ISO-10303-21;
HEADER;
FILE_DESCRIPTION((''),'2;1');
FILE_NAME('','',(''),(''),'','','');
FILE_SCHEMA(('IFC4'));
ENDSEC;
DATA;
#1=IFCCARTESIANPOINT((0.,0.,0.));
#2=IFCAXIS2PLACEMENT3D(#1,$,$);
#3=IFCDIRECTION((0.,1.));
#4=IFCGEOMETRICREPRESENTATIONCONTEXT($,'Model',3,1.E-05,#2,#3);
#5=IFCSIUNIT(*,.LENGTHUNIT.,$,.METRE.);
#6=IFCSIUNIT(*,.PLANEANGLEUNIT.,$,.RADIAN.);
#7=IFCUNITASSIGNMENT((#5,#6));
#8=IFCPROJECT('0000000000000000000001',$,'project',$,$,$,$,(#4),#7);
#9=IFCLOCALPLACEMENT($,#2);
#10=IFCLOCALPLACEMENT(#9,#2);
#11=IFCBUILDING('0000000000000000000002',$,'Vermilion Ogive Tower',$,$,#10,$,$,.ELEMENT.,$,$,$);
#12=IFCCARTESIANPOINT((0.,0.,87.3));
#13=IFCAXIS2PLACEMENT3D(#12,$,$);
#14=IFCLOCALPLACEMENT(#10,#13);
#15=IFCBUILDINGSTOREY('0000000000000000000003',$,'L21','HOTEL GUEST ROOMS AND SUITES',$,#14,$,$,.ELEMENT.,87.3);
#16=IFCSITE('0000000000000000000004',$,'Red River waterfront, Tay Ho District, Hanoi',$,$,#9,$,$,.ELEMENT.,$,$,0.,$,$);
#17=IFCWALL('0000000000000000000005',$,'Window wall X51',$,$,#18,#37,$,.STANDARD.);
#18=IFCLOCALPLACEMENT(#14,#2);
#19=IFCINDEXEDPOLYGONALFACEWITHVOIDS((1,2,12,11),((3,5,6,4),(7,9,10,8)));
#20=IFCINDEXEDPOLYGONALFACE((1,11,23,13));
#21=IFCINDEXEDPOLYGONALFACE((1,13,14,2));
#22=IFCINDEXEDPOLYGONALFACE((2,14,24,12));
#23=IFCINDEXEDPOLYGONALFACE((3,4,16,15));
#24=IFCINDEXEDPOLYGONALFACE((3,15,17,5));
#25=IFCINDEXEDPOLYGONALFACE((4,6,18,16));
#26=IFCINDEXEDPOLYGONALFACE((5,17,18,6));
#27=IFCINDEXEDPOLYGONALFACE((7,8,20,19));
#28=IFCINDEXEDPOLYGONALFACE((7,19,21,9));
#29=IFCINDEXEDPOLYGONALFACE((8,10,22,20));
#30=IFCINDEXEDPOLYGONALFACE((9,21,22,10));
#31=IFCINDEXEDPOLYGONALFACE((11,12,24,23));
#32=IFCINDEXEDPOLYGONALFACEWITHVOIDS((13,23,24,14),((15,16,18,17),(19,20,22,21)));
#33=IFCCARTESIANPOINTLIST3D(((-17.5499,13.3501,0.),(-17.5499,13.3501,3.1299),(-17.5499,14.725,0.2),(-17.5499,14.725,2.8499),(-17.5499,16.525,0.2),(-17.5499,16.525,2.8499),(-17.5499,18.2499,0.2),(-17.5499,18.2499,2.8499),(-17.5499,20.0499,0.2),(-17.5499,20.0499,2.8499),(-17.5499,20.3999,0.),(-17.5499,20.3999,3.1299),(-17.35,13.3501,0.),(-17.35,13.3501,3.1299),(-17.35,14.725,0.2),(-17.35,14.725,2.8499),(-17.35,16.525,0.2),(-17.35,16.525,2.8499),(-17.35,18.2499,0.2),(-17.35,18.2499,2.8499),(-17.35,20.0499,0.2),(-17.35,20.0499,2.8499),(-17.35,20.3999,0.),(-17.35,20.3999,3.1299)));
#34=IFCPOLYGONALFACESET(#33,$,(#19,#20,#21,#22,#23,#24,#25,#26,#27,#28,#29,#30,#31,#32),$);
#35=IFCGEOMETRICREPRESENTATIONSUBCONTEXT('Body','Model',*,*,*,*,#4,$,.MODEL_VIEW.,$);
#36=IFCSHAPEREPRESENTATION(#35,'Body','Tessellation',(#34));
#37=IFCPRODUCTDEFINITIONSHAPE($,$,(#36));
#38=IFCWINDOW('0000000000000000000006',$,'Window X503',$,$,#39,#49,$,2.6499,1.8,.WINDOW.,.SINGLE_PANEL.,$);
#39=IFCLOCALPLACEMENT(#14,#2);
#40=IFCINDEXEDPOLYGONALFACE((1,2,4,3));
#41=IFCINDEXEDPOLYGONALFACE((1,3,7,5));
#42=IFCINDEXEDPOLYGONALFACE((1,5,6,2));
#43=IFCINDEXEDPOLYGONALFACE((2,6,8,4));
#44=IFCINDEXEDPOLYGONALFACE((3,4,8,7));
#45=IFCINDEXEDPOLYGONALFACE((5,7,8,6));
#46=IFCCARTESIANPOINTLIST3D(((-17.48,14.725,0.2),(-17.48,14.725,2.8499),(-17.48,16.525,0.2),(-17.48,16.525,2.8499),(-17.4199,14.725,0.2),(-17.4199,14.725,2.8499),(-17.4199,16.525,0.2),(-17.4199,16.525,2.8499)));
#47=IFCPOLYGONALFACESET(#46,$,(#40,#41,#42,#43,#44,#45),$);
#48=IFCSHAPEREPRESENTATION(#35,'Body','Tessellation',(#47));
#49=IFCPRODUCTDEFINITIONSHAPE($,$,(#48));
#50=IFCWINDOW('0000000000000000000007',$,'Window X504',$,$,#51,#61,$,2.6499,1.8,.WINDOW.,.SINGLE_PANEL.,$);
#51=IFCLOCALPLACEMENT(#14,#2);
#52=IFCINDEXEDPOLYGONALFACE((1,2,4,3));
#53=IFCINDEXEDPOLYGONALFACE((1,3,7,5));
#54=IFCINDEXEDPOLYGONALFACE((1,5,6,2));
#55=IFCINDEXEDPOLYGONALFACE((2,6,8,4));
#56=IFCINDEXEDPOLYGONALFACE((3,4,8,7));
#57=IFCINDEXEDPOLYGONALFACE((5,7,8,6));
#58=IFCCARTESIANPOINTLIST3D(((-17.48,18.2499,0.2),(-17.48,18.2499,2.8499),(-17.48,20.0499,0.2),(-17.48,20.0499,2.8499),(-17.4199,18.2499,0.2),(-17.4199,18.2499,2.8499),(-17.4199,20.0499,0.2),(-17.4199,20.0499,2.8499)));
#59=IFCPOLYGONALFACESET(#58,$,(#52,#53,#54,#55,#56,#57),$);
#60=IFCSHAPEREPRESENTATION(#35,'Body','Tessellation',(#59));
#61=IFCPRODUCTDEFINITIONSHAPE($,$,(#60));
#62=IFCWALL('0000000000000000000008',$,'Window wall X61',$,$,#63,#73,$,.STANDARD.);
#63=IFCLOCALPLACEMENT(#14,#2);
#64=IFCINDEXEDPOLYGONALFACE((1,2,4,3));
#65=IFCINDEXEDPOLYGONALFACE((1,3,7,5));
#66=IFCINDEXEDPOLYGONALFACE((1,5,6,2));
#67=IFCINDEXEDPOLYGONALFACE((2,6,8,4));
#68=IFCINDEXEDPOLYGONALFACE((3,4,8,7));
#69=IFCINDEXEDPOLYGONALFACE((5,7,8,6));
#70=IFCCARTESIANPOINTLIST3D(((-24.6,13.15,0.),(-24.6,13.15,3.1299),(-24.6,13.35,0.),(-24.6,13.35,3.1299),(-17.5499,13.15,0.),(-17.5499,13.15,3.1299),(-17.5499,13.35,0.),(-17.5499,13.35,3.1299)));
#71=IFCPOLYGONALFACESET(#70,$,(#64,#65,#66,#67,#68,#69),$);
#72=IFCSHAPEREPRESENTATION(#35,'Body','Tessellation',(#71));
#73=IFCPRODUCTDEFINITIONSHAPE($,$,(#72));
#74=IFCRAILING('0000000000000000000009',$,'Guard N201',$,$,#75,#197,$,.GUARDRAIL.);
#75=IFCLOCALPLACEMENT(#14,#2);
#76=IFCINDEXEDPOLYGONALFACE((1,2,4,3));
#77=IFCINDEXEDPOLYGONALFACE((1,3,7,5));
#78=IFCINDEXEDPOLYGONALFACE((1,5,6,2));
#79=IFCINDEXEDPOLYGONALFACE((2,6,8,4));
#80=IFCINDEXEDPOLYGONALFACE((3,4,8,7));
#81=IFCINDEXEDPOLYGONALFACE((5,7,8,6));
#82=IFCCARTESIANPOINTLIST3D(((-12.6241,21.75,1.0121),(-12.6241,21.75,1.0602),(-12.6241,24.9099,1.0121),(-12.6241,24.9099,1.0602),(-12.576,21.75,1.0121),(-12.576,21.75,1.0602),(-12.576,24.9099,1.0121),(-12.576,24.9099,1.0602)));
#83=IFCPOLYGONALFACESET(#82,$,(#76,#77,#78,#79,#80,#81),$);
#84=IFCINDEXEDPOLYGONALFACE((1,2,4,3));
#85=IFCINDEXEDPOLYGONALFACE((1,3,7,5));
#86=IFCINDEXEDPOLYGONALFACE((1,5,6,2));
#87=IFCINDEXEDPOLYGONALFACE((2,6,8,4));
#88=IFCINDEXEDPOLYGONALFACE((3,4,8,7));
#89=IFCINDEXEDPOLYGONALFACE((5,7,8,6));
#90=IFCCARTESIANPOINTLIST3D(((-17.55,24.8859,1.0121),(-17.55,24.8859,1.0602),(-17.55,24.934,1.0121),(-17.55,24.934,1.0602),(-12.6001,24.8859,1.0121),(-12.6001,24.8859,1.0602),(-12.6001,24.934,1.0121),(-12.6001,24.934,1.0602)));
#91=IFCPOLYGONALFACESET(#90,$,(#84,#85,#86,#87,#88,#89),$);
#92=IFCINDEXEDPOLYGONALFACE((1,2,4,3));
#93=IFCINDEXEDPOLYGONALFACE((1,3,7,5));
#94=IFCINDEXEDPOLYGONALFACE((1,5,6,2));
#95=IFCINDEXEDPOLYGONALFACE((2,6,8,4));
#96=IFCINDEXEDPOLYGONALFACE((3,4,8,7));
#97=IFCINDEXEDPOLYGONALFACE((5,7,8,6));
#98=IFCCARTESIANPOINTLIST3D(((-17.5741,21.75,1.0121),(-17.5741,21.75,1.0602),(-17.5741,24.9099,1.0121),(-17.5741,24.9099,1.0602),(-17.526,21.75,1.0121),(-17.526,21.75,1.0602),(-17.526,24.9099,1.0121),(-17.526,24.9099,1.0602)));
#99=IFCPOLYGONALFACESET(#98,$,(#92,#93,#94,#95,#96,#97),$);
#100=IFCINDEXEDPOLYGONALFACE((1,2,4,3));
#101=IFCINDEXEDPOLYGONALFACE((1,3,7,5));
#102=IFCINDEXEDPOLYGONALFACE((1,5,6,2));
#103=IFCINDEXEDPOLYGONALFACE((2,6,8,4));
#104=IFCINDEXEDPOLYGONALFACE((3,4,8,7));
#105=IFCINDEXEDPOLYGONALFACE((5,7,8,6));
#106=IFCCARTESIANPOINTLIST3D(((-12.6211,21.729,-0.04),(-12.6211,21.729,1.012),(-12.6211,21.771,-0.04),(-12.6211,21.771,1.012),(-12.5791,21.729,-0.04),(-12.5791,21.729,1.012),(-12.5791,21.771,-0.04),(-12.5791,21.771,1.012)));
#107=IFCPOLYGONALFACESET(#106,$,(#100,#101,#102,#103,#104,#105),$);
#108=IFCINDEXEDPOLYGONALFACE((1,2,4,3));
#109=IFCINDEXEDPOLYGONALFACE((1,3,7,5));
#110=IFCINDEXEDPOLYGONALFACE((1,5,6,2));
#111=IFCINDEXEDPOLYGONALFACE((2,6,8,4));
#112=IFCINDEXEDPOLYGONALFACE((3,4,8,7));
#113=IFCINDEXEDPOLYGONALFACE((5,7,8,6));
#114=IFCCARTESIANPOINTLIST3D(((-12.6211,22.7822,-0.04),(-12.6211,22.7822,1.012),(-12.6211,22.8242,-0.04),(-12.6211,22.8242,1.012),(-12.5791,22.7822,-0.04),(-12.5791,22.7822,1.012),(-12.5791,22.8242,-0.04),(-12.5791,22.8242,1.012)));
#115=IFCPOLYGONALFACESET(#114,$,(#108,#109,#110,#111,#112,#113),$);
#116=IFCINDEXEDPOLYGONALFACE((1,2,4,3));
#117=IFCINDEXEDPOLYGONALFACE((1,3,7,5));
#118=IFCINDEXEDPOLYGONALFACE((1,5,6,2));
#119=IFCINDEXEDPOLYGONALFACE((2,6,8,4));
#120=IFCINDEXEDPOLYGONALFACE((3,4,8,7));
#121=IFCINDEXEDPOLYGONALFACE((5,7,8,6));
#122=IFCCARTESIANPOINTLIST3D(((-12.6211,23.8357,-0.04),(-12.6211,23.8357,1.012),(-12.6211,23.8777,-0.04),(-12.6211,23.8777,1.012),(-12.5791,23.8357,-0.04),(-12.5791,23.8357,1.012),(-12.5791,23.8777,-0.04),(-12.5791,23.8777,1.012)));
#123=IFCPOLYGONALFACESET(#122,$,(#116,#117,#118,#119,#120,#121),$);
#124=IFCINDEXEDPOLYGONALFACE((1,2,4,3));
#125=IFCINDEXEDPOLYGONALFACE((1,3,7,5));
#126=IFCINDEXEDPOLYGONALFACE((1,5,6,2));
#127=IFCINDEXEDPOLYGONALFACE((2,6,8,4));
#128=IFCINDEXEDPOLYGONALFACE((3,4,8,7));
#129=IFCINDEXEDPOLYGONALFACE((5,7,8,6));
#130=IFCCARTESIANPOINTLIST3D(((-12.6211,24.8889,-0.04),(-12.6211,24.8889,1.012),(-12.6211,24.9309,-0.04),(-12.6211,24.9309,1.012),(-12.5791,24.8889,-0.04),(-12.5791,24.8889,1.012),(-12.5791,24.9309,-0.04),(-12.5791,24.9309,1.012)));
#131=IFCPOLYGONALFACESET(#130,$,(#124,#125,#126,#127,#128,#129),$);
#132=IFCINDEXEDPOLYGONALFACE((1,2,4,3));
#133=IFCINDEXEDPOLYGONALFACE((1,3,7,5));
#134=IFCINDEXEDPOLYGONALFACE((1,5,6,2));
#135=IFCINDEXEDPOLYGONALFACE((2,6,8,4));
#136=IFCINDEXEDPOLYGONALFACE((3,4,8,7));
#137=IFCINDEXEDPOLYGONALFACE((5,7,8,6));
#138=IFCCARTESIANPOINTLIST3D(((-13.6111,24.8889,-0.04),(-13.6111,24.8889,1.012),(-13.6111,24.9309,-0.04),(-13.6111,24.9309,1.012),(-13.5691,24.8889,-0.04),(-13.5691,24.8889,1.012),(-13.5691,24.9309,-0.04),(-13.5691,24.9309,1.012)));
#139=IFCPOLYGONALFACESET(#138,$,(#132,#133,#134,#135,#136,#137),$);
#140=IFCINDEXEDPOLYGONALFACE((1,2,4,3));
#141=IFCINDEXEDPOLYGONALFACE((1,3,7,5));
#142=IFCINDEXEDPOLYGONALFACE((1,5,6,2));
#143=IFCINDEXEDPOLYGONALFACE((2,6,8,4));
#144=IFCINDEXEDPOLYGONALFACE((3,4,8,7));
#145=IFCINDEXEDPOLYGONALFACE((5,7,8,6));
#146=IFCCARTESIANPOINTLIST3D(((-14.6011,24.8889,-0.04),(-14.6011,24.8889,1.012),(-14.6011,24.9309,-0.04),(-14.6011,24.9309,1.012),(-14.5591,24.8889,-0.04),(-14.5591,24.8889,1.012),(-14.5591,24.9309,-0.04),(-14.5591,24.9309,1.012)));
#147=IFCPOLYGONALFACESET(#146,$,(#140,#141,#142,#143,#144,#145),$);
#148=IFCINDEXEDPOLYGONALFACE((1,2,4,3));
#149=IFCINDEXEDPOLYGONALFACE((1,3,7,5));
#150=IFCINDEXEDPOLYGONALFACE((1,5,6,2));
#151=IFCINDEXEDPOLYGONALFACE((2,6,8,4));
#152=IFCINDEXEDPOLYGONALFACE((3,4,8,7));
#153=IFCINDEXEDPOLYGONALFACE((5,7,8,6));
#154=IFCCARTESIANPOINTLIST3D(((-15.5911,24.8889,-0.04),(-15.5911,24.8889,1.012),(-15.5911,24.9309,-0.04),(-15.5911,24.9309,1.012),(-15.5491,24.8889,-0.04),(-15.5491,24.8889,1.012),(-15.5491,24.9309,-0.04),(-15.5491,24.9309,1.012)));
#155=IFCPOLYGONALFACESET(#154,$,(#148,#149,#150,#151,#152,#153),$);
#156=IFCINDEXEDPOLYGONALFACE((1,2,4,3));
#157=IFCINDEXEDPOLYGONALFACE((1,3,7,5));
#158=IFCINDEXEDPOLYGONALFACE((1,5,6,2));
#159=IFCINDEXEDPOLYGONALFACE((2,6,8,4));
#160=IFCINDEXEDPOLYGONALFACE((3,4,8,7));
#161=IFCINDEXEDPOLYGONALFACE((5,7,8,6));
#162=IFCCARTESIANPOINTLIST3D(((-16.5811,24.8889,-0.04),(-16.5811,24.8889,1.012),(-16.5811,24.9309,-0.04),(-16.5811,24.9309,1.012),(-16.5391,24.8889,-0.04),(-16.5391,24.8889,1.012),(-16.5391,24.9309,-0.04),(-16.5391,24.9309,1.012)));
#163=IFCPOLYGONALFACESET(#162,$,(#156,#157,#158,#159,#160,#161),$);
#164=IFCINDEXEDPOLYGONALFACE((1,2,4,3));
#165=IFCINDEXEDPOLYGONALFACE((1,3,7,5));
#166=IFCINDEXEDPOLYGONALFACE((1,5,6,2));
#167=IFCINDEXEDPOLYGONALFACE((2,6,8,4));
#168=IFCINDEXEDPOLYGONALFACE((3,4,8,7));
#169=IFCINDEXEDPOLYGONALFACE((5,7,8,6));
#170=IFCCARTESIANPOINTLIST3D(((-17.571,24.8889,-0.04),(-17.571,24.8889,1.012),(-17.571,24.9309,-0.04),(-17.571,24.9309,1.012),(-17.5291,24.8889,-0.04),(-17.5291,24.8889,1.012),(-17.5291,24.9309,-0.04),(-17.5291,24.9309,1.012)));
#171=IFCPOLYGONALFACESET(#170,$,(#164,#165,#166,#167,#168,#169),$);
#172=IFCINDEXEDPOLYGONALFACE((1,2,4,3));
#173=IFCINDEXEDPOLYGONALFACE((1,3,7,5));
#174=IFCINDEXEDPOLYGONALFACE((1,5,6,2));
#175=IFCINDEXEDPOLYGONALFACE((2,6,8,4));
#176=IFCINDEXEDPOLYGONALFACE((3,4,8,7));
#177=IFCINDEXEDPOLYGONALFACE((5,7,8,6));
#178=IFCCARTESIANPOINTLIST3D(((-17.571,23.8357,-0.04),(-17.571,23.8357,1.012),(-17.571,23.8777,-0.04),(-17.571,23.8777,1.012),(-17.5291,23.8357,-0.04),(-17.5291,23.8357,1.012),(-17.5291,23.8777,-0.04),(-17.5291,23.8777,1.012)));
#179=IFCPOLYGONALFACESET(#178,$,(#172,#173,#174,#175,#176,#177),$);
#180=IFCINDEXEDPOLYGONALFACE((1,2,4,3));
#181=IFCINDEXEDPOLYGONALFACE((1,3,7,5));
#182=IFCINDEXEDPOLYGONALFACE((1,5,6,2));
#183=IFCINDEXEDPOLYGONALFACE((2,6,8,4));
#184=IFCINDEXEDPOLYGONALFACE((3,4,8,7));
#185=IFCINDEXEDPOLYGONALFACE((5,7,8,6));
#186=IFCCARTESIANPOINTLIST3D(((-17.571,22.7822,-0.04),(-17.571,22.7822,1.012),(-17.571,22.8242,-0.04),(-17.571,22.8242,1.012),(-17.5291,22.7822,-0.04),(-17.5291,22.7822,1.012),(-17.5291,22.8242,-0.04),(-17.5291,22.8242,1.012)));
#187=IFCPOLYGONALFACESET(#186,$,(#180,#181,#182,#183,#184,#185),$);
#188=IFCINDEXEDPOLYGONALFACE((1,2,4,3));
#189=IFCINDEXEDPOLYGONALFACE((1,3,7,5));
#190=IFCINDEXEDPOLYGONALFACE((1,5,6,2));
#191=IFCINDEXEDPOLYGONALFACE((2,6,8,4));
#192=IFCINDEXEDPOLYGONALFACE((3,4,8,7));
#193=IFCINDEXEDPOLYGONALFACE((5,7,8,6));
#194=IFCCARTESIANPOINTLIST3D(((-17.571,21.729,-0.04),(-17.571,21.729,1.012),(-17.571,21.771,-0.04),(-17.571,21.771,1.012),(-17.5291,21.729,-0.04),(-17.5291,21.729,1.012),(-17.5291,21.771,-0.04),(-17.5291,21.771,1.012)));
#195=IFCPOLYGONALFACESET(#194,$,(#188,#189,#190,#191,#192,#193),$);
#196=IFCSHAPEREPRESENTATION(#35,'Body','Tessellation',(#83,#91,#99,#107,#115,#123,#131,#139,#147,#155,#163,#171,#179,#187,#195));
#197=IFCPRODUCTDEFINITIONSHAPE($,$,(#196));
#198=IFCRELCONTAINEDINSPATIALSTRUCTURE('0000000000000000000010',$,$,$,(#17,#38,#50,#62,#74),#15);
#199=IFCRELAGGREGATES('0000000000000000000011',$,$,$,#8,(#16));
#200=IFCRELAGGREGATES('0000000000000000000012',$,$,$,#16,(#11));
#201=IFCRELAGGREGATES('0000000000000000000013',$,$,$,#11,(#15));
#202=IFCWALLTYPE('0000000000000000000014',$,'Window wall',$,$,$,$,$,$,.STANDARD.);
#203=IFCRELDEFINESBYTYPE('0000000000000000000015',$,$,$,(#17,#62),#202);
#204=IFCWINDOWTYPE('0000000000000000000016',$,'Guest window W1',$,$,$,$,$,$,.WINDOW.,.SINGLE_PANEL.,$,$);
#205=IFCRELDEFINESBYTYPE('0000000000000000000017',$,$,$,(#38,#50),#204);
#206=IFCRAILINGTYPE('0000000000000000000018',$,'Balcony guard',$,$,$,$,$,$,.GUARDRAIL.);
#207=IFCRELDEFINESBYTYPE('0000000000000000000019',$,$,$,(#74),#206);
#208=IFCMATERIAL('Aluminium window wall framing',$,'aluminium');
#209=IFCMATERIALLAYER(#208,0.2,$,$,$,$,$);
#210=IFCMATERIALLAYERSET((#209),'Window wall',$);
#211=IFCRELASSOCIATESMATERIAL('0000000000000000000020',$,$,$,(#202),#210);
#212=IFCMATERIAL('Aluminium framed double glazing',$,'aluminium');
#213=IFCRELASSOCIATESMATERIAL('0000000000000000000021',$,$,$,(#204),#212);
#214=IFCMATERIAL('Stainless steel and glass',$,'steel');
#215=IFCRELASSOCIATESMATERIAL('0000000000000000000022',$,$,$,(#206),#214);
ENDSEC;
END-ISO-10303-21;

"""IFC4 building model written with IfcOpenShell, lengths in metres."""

from ifc_helpers import new_model, si_unit, direction, frame, frame_2d, origin, origin_2d, place, context, subcontext, project, spatial, rectangle, extrude, material, layer, layer_set, type_object, element, fill, save


model = new_model("IFC4")

# Units and contexts
model_context = context("Model", 3, precision=1e-05, world=origin(), true_north=direction((0.0, 1.0)))
body_context = subcontext(model_context, "Body", "Model", "MODEL_VIEW")
ifc_project = project(units=[si_unit("LENGTHUNIT", "METRE"), si_unit("PLANEANGLEUNIT", "RADIAN")], contexts=[model_context])

# Site, building, storey
site_placement = place(None, origin())
site = spatial("IfcSite", under=ifc_project, at=site_placement, Name="Red River waterfront, Tay Ho District, Hanoi", CompositionType="ELEMENT", RefElevation=0.0)
building_placement = place(site_placement, origin())
building = spatial("IfcBuilding", under=site, at=building_placement, Name="Vermilion Ogive Tower", CompositionType="ELEMENT")
storey_placement = place(building_placement, frame((0.0, 0.0, 87.3)))
storey = spatial("IfcBuildingStorey", under=building, at=storey_placement, Name="L21", Description="HOTEL GUEST ROOMS AND SUITES", CompositionType="ELEMENT", Elevation=87.3)

# Shared definitions
ifc_material_1 = material(Name="Aluminium window wall framing", Category="aluminium")
ifc_layer_1 = layer(ifc_material_1, 0.2)
ifc_layer_set_1 = layer_set([ifc_layer_1], Name="Window wall")
wall_type_1 = type_object("IfcWallType", Name="Window wall", PredefinedType="STANDARD", material=ifc_layer_set_1)
ifc_material_2 = material(Name="Aluminium framed double glazing", Category="aluminium")
window_type = type_object("IfcWindowType", Name="Guest window W1", PartitioningType="SINGLE_PANEL", PredefinedType="WINDOW", material=ifc_material_2)

# Wall, openings, windows
wall_1_placement = place(storey_placement, frame((-17.45, 20.3999, 0.0), z_axis=(0.0, 0.0, 1.0), x_axis=(0.0, -1.0, 0.0)))
wall_1 = element("IfcWall", 1, at=wall_1_placement, inside=storey, type_object=wall_type_1, Name="Window wall X51", PredefinedType="STANDARD", context=body_context, shape_type="SweptSolid", body=[
    extrude(rectangle(XDim=7.0498, YDim=0.2, at=frame_2d((3.5249, 0.0))), origin(), (0.0, 0.0, 1.0), 3.1299),
])
opening_1_placement = place(wall_1_placement, frame((3.875, 0.0, 0.2)))
opening_1 = element("IfcOpeningElement", 2, at=opening_1_placement, cuts=wall_1, PredefinedType="OPENING", context=body_context, shape_type="SweptSolid", body=[
    extrude(rectangle(XDim=1.8, YDim=2.6499, at=frame_2d((0.8999, 1.325))), frame((0.0, 0.1099, 0.0), z_axis=(0.0, -1.0, 0.0), x_axis=(1.0, 0.0, 0.0)), (0.0, 0.0, 1.0), 0.22),
])
opening_2_placement = place(wall_1_placement, frame((0.3501, 0.0, 0.2)))
opening_2 = element("IfcOpeningElement", 3, at=opening_2_placement, cuts=wall_1, PredefinedType="OPENING", context=body_context, shape_type="SweptSolid", body=[
    extrude(rectangle(XDim=1.8, YDim=2.6499, at=frame_2d((0.8999, 1.325))), frame((0.0, 0.1099, 0.0), z_axis=(0.0, -1.0, 0.0), x_axis=(1.0, 0.0, 0.0)), (0.0, 0.0, 1.0), 0.22),
])
window_1_placement = place(opening_1_placement, origin())
window_1 = element("IfcWindow", 4, at=window_1_placement, inside=storey, type_object=window_type, Name="Window X503", OverallHeight=2.6499, OverallWidth=1.8, PartitioningType="SINGLE_PANEL", PredefinedType="WINDOW", context=body_context, shape_type="SweptSolid", body=[
    extrude(rectangle(XDim=1.8, YDim=2.6499, at=frame_2d((0.8999, 1.325))), frame((0.0, 0.03, 0.0), z_axis=(0.0, -1.0, 0.0), x_axis=(1.0, 0.0, 0.0)), (0.0, 0.0, 1.0), 0.0601),
])
fill(opening_1, window_1)
window_2_placement = place(opening_2_placement, origin())
window_2 = element("IfcWindow", 5, at=window_2_placement, inside=storey, type_object=window_type, Name="Window X504", OverallHeight=2.6499, OverallWidth=1.8, PartitioningType="SINGLE_PANEL", PredefinedType="WINDOW", context=body_context, shape_type="SweptSolid", body=[
    extrude(rectangle(XDim=1.8, YDim=2.6499, at=frame_2d((0.8999, 1.325))), frame((0.0, 0.03, 0.0), z_axis=(0.0, -1.0, 0.0), x_axis=(1.0, 0.0, 0.0)), (0.0, 0.0, 1.0), 0.0601),
])
fill(opening_2, window_2)

# Wall
wall_2_placement = place(storey_placement, frame((-17.55, 13.25, 0.0), z_axis=(0.0, 0.0, 1.0), x_axis=(-1.0, 0.0, 0.0)))
element("IfcWall", 6, at=wall_2_placement, inside=storey, type_object=wall_type_1, Name="Window wall X61", PredefinedType="STANDARD", context=body_context, shape_type="SweptSolid", body=[
    extrude(rectangle(XDim=7.05, YDim=0.2, at=frame_2d((3.5249, 0.0))), origin(), (0.0, 0.0, 1.0), 3.1299),
])

# Railing
ifc_material_3 = material(Name="Stainless steel and glass", Category="steel")
railing_type = type_object("IfcRailingType", Name="Balcony guard", PredefinedType="GUARDRAIL", material=ifc_material_3)
railing_1_placement = place(storey_placement, frame((-12.6001, 21.75, -0.04)))
element("IfcRailing", 7, at=railing_1_placement, inside=storey, type_object=railing_type, Name="Guard N201", PredefinedType="GUARDRAIL", context=body_context, shape_type="SweptSolid", body=[
    extrude(rectangle(XDim=0.0481, YDim=0.0481, at=origin_2d()), frame((0.0, 0.0, 1.0762), z_axis=(0.0, 1.0, 0.0), x_axis=(-1.0, 0.0, 0.0)), (0.0, 0.0, 1.0), 3.1599),
    extrude(rectangle(XDim=0.0481, YDim=0.0481, at=origin_2d()), frame((0.0, 3.1599, 1.0762), z_axis=(-1.0, 0.0, 0.0), x_axis=(0.0, -1.0, 0.0)), (0.0, 0.0, 1.0), 4.95),
    extrude(rectangle(XDim=0.0481, YDim=0.0481, at=origin_2d()), frame((-4.95, 3.1599, 1.0762), z_axis=(0.0, -1.0, 0.0), x_axis=(1.0, 0.0, 0.0)), (0.0, 0.0, 1.0), 3.1599),
    extrude(rectangle(XDim=0.042, YDim=0.042, at=origin_2d()), origin(), (0.0, 0.0, 1.0), 1.052),
    extrude(rectangle(XDim=0.042, YDim=0.042, at=origin_2d()), frame((0.0, 1.0532, 0.0)), (0.0, 0.0, 1.0), 1.052),
    extrude(rectangle(XDim=0.042, YDim=0.042, at=origin_2d()), frame((0.0, 2.1067, 0.0)), (0.0, 0.0, 1.0), 1.052),
    extrude(rectangle(XDim=0.042, YDim=0.042, at=origin_2d()), frame((0.0, 3.1599, 0.0)), (0.0, 0.0, 1.0), 1.052),
    extrude(rectangle(XDim=0.042, YDim=0.042, at=origin_2d()), frame((-0.99, 3.1599, 0.0)), (0.0, 0.0, 1.0), 1.052),
    extrude(rectangle(XDim=0.042, YDim=0.042, at=origin_2d()), frame((-1.98, 3.1599, 0.0)), (0.0, 0.0, 1.0), 1.052),
    extrude(rectangle(XDim=0.042, YDim=0.042, at=origin_2d()), frame((-2.97, 3.1599, 0.0)), (0.0, 0.0, 1.0), 1.052),
    extrude(rectangle(XDim=0.042, YDim=0.042, at=origin_2d()), frame((-3.96, 3.1599, 0.0)), (0.0, 0.0, 1.0), 1.052),
    extrude(rectangle(XDim=0.042, YDim=0.042, at=origin_2d()), frame((-4.95, 3.1599, 0.0)), (0.0, 0.0, 1.0), 1.052),
    extrude(rectangle(XDim=0.042, YDim=0.042, at=origin_2d()), frame((-4.95, 2.1067, 0.0)), (0.0, 0.0, 1.0), 1.052),
    extrude(rectangle(XDim=0.042, YDim=0.042, at=origin_2d()), frame((-4.95, 1.0532, 0.0)), (0.0, 0.0, 1.0), 1.052),
    extrude(rectangle(XDim=0.042, YDim=0.042, at=origin_2d()), frame((-4.95, 0.0, 0.0)), (0.0, 0.0, 1.0), 1.052),
])

save(model, "model.ifc")
